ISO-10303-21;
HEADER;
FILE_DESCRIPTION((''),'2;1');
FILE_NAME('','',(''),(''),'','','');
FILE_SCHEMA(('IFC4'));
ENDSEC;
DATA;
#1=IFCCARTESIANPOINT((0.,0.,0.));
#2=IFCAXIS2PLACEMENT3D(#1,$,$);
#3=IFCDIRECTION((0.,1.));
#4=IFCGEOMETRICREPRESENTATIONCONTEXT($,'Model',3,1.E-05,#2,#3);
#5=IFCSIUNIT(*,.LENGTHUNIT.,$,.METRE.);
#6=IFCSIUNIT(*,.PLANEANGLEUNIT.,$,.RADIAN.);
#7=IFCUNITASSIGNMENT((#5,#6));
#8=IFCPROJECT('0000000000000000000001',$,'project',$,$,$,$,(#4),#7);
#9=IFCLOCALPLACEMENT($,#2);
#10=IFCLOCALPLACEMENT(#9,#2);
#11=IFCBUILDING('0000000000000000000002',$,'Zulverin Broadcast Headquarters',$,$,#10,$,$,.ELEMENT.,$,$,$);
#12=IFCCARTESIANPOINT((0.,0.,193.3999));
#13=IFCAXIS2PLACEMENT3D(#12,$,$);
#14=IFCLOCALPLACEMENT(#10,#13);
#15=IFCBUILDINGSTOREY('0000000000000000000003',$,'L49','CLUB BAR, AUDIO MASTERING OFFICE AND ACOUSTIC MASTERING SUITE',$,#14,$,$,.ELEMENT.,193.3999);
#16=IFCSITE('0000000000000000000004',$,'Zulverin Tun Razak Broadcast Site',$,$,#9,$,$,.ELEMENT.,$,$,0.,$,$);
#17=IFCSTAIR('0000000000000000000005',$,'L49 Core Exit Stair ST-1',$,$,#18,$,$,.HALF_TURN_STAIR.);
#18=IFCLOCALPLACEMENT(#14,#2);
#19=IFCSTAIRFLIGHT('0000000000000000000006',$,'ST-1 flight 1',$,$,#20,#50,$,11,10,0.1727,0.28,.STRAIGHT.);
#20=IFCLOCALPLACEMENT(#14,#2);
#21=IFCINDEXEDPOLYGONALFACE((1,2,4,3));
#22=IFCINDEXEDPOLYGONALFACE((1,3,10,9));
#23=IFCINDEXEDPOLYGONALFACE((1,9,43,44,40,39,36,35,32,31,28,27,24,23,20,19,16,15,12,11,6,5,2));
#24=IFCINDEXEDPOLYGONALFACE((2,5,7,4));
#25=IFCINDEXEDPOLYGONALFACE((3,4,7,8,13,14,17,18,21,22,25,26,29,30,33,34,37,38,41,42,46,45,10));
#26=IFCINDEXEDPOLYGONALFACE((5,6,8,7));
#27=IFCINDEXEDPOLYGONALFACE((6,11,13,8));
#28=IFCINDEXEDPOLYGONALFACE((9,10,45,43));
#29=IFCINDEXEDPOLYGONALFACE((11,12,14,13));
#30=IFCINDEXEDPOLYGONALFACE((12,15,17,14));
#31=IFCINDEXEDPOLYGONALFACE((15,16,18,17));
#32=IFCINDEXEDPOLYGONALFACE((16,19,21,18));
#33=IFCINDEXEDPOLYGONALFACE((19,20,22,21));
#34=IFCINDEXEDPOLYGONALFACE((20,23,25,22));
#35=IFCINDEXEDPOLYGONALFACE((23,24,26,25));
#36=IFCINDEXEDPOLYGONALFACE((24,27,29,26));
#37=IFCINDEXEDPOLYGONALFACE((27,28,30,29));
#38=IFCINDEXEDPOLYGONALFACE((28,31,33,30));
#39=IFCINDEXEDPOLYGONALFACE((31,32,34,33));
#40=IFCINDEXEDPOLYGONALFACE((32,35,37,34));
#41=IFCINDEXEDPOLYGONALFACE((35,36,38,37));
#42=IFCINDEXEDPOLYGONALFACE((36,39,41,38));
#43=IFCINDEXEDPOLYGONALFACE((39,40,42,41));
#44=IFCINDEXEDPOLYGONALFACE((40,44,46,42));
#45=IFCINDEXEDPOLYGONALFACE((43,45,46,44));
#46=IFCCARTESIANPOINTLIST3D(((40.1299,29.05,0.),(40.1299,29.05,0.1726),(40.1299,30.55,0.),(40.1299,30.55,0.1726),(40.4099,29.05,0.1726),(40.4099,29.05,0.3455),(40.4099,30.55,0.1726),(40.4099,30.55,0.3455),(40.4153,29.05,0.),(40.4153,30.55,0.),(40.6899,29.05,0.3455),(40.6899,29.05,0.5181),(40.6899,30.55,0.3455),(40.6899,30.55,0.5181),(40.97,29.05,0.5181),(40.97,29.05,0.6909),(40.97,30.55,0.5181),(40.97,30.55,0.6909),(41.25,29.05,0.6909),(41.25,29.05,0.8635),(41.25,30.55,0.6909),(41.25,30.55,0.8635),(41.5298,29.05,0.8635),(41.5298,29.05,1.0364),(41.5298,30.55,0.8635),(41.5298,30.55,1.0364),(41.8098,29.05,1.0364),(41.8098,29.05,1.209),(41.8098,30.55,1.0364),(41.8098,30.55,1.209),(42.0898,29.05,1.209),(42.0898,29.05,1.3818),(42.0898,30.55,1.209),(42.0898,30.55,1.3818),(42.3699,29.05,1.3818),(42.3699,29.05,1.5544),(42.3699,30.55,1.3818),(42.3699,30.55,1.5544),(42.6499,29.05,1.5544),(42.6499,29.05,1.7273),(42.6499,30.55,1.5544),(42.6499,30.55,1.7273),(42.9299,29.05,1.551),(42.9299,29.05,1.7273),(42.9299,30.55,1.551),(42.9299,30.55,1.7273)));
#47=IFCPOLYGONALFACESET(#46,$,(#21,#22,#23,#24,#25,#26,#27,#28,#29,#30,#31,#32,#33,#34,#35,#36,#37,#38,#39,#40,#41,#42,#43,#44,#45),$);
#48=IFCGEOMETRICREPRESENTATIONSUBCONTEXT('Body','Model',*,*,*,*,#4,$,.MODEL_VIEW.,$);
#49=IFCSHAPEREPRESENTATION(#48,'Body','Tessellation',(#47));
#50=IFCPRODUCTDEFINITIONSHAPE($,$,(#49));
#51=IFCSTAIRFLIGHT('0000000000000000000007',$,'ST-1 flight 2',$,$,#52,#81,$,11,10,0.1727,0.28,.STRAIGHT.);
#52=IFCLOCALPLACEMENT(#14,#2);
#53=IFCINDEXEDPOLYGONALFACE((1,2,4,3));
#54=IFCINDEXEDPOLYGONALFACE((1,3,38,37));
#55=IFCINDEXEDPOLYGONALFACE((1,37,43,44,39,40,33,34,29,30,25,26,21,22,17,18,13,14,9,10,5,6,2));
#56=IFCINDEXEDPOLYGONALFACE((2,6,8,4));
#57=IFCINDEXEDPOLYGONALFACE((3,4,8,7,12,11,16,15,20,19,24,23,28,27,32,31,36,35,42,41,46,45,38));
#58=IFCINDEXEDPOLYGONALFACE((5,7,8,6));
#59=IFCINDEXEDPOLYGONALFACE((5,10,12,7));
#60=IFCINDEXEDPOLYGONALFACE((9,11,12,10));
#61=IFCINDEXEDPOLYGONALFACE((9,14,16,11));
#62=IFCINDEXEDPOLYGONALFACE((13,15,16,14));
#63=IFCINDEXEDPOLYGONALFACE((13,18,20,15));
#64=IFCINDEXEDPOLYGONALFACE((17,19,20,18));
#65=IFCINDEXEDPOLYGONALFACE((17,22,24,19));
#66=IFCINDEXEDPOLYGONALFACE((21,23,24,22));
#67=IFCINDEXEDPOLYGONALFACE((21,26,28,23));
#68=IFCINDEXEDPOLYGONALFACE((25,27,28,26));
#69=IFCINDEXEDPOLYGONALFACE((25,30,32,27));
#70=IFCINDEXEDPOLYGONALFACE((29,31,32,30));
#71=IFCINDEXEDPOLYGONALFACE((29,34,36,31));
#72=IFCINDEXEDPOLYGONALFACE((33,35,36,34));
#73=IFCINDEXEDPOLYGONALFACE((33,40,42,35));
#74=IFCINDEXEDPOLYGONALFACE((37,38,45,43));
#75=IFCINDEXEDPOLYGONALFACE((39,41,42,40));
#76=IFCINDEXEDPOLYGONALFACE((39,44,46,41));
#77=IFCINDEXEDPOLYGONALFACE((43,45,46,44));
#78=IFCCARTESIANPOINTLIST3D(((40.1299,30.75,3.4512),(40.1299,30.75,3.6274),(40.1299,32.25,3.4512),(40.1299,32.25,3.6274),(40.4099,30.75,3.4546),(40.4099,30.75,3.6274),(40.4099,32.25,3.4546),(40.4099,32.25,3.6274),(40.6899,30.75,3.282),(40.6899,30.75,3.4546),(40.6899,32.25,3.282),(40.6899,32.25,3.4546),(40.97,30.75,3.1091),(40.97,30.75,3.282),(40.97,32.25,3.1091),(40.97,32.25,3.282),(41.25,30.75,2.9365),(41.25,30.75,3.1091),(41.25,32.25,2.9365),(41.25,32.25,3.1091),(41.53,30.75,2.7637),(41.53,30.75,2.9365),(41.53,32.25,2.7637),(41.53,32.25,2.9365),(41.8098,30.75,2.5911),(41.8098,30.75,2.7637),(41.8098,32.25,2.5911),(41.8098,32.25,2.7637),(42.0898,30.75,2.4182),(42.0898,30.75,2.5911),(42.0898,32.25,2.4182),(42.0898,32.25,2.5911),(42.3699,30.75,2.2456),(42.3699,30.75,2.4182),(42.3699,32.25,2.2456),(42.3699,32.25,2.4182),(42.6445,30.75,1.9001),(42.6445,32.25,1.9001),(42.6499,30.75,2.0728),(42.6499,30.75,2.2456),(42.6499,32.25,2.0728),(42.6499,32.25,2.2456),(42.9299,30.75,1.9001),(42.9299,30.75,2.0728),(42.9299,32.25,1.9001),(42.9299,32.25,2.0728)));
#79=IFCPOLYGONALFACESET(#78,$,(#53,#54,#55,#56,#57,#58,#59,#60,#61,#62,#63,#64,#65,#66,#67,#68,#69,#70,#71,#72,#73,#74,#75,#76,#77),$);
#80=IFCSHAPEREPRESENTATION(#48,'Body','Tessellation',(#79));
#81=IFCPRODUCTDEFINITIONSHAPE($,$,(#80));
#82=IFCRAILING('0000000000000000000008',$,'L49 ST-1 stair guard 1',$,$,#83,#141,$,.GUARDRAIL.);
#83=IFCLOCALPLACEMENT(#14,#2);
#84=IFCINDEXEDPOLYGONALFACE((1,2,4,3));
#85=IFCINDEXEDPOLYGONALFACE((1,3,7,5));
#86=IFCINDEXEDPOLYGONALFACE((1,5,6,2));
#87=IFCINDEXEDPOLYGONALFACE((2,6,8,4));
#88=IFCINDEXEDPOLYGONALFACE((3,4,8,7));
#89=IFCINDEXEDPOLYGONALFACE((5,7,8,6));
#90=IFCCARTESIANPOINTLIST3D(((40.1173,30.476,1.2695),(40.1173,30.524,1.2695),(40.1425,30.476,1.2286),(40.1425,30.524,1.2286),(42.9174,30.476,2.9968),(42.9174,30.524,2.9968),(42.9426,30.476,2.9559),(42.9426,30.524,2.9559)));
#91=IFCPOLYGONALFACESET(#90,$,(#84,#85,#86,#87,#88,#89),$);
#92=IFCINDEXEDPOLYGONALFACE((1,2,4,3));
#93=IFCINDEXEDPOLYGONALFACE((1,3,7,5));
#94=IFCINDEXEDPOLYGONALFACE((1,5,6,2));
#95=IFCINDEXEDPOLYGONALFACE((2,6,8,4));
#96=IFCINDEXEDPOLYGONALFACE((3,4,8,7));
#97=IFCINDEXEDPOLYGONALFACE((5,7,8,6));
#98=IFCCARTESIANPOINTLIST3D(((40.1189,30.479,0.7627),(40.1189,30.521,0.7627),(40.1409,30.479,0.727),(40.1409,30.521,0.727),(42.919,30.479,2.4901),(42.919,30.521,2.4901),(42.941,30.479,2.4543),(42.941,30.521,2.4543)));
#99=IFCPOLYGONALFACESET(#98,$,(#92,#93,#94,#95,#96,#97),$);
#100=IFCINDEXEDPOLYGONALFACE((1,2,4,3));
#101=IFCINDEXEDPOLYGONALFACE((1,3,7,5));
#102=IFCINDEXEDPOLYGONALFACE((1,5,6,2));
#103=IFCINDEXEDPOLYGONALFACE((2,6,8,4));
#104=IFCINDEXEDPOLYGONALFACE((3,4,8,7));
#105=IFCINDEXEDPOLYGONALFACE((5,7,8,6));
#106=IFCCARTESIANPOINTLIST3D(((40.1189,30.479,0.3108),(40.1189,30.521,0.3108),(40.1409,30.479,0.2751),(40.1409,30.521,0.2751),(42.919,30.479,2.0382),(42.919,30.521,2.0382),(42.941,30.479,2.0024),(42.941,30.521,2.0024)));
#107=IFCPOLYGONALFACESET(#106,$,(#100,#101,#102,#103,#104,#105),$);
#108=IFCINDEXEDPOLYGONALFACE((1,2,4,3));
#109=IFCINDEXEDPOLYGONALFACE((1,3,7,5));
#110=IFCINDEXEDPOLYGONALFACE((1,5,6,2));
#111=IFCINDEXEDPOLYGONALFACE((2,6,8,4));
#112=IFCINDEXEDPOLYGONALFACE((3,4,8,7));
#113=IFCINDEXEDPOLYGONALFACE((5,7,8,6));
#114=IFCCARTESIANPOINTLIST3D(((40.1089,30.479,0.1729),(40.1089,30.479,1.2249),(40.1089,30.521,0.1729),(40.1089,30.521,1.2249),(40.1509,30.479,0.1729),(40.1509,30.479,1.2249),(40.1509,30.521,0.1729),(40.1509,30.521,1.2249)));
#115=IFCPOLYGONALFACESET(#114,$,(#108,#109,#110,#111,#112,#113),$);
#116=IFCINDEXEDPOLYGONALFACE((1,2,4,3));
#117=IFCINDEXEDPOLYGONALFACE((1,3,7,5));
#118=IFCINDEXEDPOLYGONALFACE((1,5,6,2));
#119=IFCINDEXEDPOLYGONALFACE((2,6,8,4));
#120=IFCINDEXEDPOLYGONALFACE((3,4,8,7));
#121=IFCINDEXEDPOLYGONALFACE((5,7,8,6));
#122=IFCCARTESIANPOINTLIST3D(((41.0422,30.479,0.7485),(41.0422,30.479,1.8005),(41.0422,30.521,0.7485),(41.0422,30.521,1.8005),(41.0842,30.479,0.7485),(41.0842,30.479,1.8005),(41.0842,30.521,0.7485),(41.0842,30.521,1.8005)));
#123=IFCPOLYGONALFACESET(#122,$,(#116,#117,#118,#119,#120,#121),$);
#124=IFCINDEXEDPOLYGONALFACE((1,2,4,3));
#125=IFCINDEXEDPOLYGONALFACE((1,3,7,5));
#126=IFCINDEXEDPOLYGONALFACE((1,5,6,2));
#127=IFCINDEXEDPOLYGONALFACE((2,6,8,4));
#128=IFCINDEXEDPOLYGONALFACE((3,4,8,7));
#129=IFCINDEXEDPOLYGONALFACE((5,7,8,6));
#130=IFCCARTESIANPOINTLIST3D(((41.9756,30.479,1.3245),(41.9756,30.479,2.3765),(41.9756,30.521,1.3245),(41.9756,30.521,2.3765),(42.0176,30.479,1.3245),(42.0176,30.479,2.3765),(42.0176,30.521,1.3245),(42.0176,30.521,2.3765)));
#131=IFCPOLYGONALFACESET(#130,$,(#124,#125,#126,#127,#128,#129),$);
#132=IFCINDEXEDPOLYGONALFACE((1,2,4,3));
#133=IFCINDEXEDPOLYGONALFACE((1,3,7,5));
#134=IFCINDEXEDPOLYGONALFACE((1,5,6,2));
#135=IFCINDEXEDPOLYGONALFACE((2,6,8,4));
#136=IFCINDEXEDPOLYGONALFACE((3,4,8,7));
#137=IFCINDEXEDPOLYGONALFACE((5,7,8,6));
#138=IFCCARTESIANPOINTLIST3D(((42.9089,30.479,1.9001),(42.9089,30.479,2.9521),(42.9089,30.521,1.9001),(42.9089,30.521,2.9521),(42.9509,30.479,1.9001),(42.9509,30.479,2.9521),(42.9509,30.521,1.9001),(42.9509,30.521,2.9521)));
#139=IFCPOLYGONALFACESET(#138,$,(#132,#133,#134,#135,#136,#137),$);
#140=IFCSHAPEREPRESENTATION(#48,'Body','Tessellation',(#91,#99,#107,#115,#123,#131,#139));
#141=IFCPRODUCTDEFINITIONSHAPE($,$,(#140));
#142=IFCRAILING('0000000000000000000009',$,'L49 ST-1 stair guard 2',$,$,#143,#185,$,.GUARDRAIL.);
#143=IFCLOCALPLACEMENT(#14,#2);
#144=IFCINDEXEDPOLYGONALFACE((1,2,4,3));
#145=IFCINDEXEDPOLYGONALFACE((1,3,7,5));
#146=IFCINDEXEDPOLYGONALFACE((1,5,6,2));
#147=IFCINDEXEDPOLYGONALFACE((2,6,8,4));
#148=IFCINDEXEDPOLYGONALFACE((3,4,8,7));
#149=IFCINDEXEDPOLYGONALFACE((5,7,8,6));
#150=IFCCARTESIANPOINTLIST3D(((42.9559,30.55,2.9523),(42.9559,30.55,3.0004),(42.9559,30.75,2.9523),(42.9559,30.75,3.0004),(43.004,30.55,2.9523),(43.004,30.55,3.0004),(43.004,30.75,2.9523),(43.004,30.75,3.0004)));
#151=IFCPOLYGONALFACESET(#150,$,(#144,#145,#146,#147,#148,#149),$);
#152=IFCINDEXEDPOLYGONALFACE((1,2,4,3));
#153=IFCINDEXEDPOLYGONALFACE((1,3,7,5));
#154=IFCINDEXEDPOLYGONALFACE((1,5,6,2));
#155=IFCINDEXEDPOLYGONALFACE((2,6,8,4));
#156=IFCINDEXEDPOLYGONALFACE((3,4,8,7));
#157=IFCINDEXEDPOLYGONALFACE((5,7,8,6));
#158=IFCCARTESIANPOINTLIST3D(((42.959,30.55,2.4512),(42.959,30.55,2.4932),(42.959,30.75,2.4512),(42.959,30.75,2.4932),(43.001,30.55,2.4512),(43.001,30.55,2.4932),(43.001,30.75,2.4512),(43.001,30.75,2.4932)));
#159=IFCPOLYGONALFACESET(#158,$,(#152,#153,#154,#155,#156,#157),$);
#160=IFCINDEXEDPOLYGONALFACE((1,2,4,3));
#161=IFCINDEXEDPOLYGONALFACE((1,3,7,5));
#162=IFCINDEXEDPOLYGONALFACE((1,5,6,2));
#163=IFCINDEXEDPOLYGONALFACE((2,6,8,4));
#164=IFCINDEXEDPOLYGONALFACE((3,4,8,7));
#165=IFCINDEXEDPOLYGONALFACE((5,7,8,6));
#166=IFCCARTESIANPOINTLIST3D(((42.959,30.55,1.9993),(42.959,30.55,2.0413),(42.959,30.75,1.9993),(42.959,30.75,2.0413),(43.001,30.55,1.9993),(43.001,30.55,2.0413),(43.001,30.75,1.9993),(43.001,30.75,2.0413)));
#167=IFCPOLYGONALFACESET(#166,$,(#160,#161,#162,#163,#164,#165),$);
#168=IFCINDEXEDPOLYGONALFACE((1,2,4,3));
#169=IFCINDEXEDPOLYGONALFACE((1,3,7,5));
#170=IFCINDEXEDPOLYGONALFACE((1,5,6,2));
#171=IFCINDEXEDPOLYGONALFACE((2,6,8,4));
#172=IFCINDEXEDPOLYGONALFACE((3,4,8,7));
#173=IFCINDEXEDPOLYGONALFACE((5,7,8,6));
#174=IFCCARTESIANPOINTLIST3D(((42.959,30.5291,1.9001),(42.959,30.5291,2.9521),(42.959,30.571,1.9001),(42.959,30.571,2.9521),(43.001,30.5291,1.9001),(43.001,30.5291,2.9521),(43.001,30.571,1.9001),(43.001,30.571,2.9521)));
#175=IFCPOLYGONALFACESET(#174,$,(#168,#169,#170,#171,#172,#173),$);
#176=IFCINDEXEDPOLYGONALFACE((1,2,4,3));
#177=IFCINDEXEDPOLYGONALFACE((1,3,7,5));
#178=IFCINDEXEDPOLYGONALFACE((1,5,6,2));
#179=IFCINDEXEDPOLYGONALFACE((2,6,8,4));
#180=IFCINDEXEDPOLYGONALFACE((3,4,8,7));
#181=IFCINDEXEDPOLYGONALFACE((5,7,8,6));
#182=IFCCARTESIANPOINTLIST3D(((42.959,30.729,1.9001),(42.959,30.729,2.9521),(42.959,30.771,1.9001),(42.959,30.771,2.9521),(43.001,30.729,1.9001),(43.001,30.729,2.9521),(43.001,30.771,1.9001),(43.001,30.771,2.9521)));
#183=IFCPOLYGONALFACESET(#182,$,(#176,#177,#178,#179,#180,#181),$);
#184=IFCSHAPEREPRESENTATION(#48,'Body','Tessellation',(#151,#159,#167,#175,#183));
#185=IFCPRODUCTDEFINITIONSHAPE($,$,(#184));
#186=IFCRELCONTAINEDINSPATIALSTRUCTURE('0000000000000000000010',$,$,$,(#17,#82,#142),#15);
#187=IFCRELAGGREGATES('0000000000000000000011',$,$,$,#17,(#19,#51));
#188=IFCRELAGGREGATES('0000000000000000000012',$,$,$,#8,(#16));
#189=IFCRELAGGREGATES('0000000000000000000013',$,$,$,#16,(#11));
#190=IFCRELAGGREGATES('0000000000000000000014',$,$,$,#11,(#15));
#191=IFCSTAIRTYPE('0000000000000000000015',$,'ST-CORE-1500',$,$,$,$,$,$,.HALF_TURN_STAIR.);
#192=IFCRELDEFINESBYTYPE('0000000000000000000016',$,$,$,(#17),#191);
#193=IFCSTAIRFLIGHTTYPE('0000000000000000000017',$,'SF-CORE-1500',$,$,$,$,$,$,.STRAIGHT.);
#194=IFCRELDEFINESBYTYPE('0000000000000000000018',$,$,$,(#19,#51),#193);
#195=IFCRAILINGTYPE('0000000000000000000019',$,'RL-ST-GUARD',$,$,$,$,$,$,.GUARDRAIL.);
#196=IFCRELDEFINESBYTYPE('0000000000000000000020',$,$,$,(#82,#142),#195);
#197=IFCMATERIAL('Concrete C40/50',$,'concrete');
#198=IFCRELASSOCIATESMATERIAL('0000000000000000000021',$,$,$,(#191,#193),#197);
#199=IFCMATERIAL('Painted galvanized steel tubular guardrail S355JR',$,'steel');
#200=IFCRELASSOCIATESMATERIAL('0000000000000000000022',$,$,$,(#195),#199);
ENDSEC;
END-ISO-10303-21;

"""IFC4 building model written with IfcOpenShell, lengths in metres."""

from ifc_helpers import new_model, si_unit, direction, frame, origin, origin_2d, place, context, subcontext, project, spatial, polyline, rectangle, outline, extrude, material, type_object, element, aggregate, save


model = new_model("IFC4")

# Units and contexts
model_context = context("Model", 3, precision=1e-05, world=origin(), true_north=direction((0.0, 1.0)))
body_context = subcontext(model_context, "Body", "Model", "MODEL_VIEW")
ifc_project = project(units=[si_unit("LENGTHUNIT", "METRE"), si_unit("PLANEANGLEUNIT", "RADIAN")], contexts=[model_context])

# Site, building, storey
site_placement = place(None, origin())
site = spatial("IfcSite", under=ifc_project, at=site_placement, Name="Zulverin Tun Razak Broadcast Site", CompositionType="ELEMENT", RefElevation=0.0)
building_placement = place(site_placement, origin())
building = spatial("IfcBuilding", under=site, at=building_placement, Name="Zulverin Broadcast Headquarters", CompositionType="ELEMENT")
storey_placement = place(building_placement, frame((0.0, 0.0, 193.3999)))
storey = spatial("IfcBuildingStorey", under=building, at=storey_placement, Name="L49", Description="CLUB BAR, AUDIO MASTERING OFFICE AND ACOUSTIC MASTERING SUITE", CompositionType="ELEMENT", Elevation=193.3999)

# Shared definitions
ifc_material_1 = material(Name="Concrete C40/50", Category="concrete")

# Stair, stair flights
stair_type = type_object("IfcStairType", Name="ST-CORE-1500", PredefinedType="HALF_TURN_STAIR", material=ifc_material_1)
stair_placement = place(storey_placement, origin())
stair = element("IfcStair", 1, at=stair_placement, inside=storey, type_object=stair_type, Name="L49 Core Exit Stair ST-1", PredefinedType="HALF_TURN_STAIR")
stair_flight_type = type_object("IfcStairFlightType", Name="SF-CORE-1500", PredefinedType="STRAIGHT", material=ifc_material_1)
stair_flight_1_placement = place(storey_placement, frame((40.1299, 29.8, 0.0), z_axis=(0.0, 0.0, 1.0), x_axis=(1.0, 0.0, 0.0)))
stair_flight_1 = element("IfcStairFlight", 2, at=stair_flight_1_placement, type_object=stair_flight_type, Name="ST-1 flight 1", NumberOfRisers=11, NumberOfTreads=10, PredefinedType="STRAIGHT", RiserHeight=0.1727, TreadLength=0.28, context=body_context, shape_type="SweptSolid", body=[
    extrude(outline(polyline([(0.0, 0.0), (0.0, 0.1726), (0.28, 0.1726), (0.28, 0.3455), (0.5601, 0.3455), (0.5601, 0.5181), (0.8401, 0.5181), (0.8401, 0.6909), (1.1201, 0.6909), (1.1201, 0.8635), (1.3999, 0.8635), (1.3999, 1.0364), (1.6799, 1.0364), (1.6799, 1.209), (1.96, 1.209), (1.96, 1.3818), (2.24, 1.3818), (2.24, 1.5544), (2.52, 1.5544), (2.52, 1.7273), (2.8, 1.7273), (2.8, 1.8999), (2.8, 1.551), (0.2854, 0.0), (0.0, 0.0)])), frame((0.0, 0.75, 0.0), z_axis=(0.0, -1.0, 0.0), x_axis=(1.0, 0.0, 0.0)), (0.0, 0.0, 1.0), 1.5),
])
stair_flight_2_placement = place(storey_placement, frame((42.9299, 31.5, 1.9001), z_axis=(0.0, 0.0, 1.0), x_axis=(-1.0, 0.0, 0.0)))
stair_flight_2 = element("IfcStairFlight", 3, at=stair_flight_2_placement, type_object=stair_flight_type, Name="ST-1 flight 2", NumberOfRisers=11, NumberOfTreads=10, PredefinedType="STRAIGHT", RiserHeight=0.1727, TreadLength=0.28, context=body_context, shape_type="SweptSolid", body=[
    extrude(outline(polyline([(0.0, 0.0), (0.0, 0.1726), (0.28, 0.1726), (0.28, 0.3455), (0.5601, 0.3455), (0.5601, 0.5181), (0.8401, 0.5181), (0.8401, 0.6909), (1.1201, 0.6909), (1.1201, 0.8635), (1.3999, 0.8635), (1.3999, 1.0364), (1.6799, 1.0364), (1.6799, 1.209), (1.96, 1.209), (1.96, 1.3818), (2.24, 1.3818), (2.24, 1.5544), (2.52, 1.5544), (2.52, 1.7273), (2.8, 1.7273), (2.8, 1.8999), (2.8, 1.551), (0.2854, 0.0), (0.0, 0.0)])), frame((0.0, 0.75, 0.0), z_axis=(0.0, -1.0, 0.0), x_axis=(1.0, 0.0, 0.0)), (0.0, 0.0, 1.0), 1.5),
])
aggregate(stair, [stair_flight_1, stair_flight_2])

# Railings
ifc_material_2 = material(Name="Painted galvanized steel tubular guardrail S355JR", Category="steel")
railing_type_1 = type_object("IfcRailingType", Name="RL-ST-GUARD", PredefinedType="GUARDRAIL", material=ifc_material_2)
railing_1_placement = place(storey_placement, frame((40.1299, 30.5, 0.1729)))
element("IfcRailing", 4, at=railing_1_placement, inside=storey, type_object=railing_type_1, Name="L49 ST-1 stair guard 1", PredefinedType="GUARDRAIL", context=body_context, shape_type="SweptSolid", body=[
    extrude(rectangle(XDim=0.0481, YDim=0.0481, at=origin_2d()), frame((0.0, 0.0, 1.0762), z_axis=(0.85109, 0.0, 0.52502), x_axis=(0.0, 1.0, 0.0)), (0.0, 0.0, 1.0), 3.29),
    extrude(rectangle(XDim=0.042, YDim=0.042, at=origin_2d()), frame((0.0, 0.0, 0.572), z_axis=(0.85109, 0.0, 0.52502), x_axis=(0.0, 1.0, 0.0)), (0.0, 0.0, 1.0), 3.29),
    extrude(rectangle(XDim=0.042, YDim=0.042, at=origin_2d()), frame((0.0, 0.0, 0.1201), z_axis=(0.85109, 0.0, 0.52502), x_axis=(0.0, 1.0, 0.0)), (0.0, 0.0, 1.0), 3.29),
    extrude(rectangle(XDim=0.042, YDim=0.042, at=origin_2d()), origin(), (0.0, 0.0, 1.0), 1.052),
    extrude(rectangle(XDim=0.042, YDim=0.042, at=origin_2d()), frame((0.9333, 0.0, 0.5757)), (0.0, 0.0, 1.0), 1.052),
    extrude(rectangle(XDim=0.042, YDim=0.042, at=origin_2d()), frame((1.8667, 0.0, 1.1516)), (0.0, 0.0, 1.0), 1.052),
    extrude(rectangle(XDim=0.042, YDim=0.042, at=origin_2d()), frame((2.8, 0.0, 1.7273)), (0.0, 0.0, 1.0), 1.052),
])
railing_2_placement = place(storey_placement, frame((42.98, 30.55, 1.9001)))
element("IfcRailing", 5, at=railing_2_placement, inside=storey, type_object=railing_type_1, Name="L49 ST-1 stair guard 2", PredefinedType="GUARDRAIL", context=body_context, shape_type="SweptSolid", body=[
    extrude(rectangle(XDim=0.0481, YDim=0.0481, at=origin_2d()), frame((0.0, 0.0, 1.0762), z_axis=(0.0, 1.0, 0.0), x_axis=(-1.0, 0.0, 0.0)), (0.0, 0.0, 1.0), 0.2),
    extrude(rectangle(XDim=0.042, YDim=0.042, at=origin_2d()), frame((0.0, 0.0, 0.572), z_axis=(0.0, 1.0, 0.0), x_axis=(-1.0, 0.0, 0.0)), (0.0, 0.0, 1.0), 0.2),
    extrude(rectangle(XDim=0.042, YDim=0.042, at=origin_2d()), frame((0.0, 0.0, 0.1201), z_axis=(0.0, 1.0, 0.0), x_axis=(-1.0, 0.0, 0.0)), (0.0, 0.0, 1.0), 0.2),
    extrude(rectangle(XDim=0.042, YDim=0.042, at=origin_2d()), origin(), (0.0, 0.0, 1.0), 1.052),
    extrude(rectangle(XDim=0.042, YDim=0.042, at=origin_2d()), frame((0.0, 0.2, 0.0)), (0.0, 0.0, 1.0), 1.052),
])

save(model, "model.ifc")
